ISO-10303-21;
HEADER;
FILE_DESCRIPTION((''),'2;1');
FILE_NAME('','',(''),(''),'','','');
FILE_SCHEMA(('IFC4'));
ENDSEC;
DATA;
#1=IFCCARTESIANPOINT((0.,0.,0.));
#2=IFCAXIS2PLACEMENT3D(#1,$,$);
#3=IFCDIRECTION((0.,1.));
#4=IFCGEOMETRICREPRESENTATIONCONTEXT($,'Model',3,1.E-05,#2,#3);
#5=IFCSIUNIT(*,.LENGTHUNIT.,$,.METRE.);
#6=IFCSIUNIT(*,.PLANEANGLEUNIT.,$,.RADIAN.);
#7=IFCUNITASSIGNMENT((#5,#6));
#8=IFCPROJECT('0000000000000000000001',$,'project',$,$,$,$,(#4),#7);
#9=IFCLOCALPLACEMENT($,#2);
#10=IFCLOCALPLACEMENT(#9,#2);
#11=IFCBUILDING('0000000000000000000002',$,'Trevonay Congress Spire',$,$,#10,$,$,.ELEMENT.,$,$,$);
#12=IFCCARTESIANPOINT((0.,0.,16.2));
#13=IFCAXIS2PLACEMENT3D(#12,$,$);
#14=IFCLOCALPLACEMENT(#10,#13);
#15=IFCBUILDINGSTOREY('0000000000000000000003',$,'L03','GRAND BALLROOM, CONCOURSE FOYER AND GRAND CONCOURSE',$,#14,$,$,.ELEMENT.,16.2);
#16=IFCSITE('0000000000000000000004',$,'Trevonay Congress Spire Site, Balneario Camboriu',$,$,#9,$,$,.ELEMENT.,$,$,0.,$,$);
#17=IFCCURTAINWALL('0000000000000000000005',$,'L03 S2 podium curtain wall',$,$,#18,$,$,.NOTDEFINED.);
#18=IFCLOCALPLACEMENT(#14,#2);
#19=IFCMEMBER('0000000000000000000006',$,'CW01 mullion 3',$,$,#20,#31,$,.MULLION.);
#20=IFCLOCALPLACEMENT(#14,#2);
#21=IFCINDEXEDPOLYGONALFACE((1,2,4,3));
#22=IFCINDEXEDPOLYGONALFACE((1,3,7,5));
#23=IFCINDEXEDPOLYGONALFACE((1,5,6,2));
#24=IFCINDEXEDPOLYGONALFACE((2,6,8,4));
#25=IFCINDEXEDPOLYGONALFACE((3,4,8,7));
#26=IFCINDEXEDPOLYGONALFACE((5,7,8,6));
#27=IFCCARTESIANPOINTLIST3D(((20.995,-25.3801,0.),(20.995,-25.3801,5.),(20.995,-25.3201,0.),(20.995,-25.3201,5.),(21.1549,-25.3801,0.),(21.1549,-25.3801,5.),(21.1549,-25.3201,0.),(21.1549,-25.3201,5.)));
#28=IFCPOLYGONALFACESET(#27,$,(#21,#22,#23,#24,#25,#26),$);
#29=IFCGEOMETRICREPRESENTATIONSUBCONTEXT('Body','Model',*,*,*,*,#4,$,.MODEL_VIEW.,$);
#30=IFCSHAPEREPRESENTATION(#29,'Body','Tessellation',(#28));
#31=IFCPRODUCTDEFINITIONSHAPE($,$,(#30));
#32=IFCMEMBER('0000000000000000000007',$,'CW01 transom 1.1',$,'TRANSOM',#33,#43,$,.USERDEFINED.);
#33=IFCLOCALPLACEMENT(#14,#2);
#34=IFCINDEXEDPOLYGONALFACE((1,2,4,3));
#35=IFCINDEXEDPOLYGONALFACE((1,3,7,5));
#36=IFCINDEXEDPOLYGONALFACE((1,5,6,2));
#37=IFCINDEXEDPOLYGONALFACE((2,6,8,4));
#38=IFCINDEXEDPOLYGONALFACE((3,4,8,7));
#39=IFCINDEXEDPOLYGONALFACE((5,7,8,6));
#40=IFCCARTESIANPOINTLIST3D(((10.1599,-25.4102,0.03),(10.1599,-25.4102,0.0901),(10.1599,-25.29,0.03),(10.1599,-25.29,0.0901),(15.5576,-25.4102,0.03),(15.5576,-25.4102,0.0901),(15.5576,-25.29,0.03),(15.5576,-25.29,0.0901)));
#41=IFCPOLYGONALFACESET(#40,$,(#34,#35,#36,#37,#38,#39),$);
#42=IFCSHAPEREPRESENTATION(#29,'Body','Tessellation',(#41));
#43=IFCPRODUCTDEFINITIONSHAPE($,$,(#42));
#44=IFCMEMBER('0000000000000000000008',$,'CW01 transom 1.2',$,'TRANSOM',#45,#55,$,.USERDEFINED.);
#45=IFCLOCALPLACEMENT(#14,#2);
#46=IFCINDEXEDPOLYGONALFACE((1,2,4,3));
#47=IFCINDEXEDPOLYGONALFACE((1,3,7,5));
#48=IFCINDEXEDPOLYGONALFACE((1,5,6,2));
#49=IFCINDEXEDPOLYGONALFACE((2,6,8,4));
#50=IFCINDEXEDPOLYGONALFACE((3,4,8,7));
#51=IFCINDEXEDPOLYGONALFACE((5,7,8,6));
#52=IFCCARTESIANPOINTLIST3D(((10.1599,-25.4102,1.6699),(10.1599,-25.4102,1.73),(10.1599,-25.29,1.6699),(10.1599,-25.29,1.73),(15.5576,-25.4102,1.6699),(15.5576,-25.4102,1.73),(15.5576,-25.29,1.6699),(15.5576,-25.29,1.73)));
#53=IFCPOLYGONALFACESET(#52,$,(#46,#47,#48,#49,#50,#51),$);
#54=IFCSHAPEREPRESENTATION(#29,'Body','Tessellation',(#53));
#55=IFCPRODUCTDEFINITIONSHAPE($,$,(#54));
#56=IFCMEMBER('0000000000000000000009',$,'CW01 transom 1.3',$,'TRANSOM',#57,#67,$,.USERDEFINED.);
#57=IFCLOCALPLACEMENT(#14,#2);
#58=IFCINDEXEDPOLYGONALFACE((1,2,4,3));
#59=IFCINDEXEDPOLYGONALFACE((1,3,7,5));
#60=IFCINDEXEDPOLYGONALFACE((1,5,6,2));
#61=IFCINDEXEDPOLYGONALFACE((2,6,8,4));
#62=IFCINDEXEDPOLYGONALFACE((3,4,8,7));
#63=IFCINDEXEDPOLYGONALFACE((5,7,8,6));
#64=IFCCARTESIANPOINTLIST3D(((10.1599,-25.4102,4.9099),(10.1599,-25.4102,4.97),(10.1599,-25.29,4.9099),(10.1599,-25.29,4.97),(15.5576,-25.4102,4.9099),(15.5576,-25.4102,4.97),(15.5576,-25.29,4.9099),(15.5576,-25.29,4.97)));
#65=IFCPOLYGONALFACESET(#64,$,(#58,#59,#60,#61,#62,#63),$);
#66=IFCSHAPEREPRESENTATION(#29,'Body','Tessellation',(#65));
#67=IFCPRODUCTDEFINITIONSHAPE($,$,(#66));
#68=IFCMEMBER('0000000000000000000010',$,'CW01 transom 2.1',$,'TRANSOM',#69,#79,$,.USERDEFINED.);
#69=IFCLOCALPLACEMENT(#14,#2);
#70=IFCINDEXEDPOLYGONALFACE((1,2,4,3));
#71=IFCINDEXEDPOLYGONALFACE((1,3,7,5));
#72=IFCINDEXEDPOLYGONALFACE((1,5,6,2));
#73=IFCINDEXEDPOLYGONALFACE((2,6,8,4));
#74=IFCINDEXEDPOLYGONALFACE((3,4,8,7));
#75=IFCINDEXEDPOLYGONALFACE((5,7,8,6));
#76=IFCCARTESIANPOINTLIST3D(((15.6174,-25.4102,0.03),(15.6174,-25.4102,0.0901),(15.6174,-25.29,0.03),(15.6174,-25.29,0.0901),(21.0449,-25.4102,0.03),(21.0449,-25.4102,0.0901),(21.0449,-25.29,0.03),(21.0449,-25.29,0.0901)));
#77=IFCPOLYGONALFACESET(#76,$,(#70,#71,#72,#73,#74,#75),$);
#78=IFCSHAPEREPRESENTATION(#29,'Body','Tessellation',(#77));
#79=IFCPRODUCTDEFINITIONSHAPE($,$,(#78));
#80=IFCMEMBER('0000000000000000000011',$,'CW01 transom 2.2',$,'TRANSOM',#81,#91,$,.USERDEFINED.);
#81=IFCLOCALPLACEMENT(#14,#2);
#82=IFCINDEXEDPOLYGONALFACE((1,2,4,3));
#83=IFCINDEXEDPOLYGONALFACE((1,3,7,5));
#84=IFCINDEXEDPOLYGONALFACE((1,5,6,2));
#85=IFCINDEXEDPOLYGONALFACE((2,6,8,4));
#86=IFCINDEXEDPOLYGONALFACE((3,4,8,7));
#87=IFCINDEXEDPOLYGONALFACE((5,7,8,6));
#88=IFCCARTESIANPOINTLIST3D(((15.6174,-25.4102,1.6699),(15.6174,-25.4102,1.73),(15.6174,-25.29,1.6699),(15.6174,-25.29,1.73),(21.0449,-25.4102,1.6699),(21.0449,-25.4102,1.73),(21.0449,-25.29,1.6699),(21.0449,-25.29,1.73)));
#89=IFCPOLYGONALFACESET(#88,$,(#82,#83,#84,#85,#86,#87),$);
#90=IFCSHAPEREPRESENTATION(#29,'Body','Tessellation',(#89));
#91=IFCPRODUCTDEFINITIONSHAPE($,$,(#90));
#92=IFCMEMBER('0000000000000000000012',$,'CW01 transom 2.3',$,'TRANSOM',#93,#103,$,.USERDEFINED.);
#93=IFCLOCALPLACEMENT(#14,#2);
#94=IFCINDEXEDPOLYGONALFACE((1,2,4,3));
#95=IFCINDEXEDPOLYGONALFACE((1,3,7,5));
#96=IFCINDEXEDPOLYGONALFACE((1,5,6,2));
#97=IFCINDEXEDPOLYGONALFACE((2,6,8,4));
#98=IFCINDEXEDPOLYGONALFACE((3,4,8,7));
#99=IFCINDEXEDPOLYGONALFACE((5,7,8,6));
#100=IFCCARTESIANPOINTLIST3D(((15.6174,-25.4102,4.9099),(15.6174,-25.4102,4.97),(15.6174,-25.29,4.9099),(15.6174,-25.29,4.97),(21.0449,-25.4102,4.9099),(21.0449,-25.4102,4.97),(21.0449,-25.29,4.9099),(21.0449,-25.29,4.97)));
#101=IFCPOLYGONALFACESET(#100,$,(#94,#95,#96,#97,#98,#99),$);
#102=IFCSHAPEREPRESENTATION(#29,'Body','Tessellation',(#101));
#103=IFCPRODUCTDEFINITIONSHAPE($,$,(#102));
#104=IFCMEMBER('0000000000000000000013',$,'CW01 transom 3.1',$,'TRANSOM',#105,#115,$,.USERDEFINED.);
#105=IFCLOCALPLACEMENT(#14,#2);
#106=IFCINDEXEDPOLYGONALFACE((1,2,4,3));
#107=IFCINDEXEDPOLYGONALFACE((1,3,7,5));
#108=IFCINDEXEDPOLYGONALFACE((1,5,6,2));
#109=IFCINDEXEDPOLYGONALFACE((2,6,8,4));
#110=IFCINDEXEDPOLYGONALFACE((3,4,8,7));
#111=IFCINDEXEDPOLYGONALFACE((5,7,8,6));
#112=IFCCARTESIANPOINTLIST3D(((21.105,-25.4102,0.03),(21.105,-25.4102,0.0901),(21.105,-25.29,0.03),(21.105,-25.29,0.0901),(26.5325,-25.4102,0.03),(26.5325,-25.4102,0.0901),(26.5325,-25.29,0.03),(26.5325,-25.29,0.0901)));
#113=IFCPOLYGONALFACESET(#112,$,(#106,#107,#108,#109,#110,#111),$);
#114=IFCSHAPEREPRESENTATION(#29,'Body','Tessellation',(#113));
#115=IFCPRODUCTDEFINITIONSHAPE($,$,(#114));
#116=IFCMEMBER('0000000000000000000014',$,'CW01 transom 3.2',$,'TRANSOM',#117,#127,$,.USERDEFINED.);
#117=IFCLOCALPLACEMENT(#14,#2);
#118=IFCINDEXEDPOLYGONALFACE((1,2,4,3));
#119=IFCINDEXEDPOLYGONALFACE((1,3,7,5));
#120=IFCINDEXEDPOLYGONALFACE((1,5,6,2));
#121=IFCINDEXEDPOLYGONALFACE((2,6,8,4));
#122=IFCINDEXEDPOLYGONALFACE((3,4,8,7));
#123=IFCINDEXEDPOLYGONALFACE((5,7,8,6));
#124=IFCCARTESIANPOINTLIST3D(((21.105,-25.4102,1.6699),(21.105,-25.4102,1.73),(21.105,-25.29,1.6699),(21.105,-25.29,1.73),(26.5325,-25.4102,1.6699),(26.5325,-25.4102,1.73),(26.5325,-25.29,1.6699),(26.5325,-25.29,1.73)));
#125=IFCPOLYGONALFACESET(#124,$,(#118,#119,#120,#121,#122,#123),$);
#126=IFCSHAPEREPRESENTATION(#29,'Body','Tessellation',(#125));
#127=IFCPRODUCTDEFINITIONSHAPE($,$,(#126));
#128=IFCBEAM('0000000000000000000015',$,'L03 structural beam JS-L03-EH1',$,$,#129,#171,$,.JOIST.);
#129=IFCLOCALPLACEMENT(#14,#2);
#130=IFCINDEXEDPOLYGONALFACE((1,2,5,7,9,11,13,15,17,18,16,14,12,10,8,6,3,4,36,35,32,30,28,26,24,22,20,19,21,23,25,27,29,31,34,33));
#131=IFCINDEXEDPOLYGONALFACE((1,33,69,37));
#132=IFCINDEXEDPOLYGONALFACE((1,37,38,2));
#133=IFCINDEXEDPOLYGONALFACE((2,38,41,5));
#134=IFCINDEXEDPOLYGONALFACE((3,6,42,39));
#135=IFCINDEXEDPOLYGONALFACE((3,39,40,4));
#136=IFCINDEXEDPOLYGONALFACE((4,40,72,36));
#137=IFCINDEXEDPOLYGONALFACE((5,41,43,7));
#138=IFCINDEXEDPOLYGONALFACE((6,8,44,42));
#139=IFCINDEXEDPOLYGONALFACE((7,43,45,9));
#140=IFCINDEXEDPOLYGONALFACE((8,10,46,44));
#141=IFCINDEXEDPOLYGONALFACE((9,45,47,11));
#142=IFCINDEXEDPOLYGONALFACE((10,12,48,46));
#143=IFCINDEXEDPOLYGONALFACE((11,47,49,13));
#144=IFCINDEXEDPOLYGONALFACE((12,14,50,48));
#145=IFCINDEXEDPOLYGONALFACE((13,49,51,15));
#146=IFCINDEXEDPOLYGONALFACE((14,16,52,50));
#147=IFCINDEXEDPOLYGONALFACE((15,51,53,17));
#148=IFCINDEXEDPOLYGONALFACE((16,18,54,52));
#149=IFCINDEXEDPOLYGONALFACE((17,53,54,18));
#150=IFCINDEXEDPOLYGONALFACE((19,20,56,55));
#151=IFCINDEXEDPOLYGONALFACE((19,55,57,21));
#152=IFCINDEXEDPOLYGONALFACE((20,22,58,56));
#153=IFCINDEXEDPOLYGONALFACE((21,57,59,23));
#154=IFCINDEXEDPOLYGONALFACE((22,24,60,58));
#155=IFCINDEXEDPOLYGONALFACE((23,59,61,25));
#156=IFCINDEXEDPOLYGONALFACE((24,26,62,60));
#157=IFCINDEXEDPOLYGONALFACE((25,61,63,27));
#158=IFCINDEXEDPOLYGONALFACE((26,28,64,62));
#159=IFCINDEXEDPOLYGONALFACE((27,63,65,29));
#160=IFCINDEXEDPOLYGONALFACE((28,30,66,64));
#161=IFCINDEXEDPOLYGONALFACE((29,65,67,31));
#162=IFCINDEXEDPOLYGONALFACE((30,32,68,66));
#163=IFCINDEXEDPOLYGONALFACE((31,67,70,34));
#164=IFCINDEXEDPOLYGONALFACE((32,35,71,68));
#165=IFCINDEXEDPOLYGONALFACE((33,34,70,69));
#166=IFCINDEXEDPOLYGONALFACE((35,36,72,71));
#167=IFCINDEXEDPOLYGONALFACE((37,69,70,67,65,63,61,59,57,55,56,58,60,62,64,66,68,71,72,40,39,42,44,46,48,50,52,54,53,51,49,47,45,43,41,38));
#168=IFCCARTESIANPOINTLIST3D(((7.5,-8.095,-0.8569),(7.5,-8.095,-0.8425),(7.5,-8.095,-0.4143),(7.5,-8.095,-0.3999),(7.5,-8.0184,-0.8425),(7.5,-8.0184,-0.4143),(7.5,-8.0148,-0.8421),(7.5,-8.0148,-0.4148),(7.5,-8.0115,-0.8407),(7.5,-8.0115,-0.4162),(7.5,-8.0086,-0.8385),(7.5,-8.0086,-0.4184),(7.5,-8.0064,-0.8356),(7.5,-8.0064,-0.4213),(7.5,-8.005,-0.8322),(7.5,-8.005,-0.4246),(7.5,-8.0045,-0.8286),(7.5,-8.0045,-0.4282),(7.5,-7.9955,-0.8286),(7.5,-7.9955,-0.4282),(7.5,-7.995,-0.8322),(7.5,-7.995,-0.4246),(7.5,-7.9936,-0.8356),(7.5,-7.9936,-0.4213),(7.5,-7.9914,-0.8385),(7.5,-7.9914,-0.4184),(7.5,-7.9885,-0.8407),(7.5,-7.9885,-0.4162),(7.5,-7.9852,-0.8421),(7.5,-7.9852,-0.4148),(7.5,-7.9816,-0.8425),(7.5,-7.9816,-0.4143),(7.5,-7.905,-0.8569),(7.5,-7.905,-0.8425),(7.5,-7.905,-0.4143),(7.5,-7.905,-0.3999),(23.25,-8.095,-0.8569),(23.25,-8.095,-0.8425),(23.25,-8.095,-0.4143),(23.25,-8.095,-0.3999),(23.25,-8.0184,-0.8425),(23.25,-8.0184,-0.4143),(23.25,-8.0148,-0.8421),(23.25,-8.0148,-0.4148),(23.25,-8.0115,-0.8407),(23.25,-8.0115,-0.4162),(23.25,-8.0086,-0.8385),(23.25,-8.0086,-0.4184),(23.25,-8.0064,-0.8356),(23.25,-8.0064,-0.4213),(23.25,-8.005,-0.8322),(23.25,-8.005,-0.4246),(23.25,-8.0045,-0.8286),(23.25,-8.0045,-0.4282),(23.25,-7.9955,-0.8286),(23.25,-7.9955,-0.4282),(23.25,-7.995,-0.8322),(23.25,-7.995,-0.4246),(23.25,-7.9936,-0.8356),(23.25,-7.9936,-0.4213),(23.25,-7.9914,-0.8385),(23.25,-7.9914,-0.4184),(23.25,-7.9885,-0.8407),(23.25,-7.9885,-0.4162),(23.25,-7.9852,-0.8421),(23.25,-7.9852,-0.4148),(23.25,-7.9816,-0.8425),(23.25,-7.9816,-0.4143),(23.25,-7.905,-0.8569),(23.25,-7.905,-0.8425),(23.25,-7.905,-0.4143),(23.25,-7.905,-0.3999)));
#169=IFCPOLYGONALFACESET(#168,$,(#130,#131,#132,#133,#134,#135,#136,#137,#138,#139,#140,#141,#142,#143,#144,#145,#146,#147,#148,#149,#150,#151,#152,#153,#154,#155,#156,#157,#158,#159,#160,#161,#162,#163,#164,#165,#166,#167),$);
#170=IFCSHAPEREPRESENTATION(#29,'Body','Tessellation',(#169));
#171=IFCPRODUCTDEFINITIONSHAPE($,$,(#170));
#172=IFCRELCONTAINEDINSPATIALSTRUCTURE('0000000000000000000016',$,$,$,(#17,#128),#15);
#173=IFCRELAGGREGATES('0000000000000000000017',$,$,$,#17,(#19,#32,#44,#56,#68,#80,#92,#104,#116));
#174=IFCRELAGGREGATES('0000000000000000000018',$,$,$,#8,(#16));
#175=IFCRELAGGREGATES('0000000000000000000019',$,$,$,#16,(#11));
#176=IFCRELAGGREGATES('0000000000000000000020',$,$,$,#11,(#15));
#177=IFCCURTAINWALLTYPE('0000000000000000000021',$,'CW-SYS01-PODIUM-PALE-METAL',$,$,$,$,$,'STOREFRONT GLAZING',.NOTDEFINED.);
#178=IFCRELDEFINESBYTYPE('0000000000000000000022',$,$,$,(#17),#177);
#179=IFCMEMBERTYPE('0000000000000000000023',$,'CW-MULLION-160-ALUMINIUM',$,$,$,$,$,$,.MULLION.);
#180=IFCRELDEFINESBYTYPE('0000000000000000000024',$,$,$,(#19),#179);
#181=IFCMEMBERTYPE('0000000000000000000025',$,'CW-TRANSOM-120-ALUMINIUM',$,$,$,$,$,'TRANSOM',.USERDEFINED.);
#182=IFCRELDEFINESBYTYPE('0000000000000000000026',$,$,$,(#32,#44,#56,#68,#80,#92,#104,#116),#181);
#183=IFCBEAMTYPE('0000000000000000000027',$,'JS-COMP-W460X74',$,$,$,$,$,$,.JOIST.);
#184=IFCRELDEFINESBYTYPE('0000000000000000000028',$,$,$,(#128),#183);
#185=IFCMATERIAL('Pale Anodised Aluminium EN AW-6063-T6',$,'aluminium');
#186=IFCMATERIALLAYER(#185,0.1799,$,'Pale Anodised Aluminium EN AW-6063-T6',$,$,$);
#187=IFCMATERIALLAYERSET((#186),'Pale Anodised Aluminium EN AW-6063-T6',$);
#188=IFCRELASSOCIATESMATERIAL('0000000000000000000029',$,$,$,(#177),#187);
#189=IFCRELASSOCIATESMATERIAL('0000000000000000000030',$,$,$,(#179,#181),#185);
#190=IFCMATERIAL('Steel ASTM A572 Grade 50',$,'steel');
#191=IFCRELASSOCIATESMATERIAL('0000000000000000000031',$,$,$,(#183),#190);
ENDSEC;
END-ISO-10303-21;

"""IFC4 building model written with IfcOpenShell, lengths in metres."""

from ifc_helpers import new_model, si_unit, direction, frame, origin, origin_2d, place, context, subcontext, project, spatial, rectangle, i_section, extrude, material, layer, layer_set, material_profile, profile_set, type_object, element, aggregate, save


model = new_model("IFC4")

# Units and contexts
model_context = context("Model", 3, precision=1e-05, world=origin(), true_north=direction((0.0, 1.0)))
body_context = subcontext(model_context, "Body", "Model", "MODEL_VIEW")
ifc_project = project(units=[si_unit("LENGTHUNIT", "METRE"), si_unit("PLANEANGLEUNIT", "RADIAN")], contexts=[model_context])

# Site, building, storey
site_placement = place(None, origin())
site = spatial("IfcSite", under=ifc_project, at=site_placement, Name="Trevonay Congress Spire Site, Balneario Camboriu", CompositionType="ELEMENT", RefElevation=0.0)
building_placement = place(site_placement, origin())
building = spatial("IfcBuilding", under=site, at=building_placement, Name="Trevonay Congress Spire", CompositionType="ELEMENT")
storey_placement = place(building_placement, frame((0.0, 0.0, 16.2)))
storey = spatial("IfcBuildingStorey", under=building, at=storey_placement, Name="L03", Description="GRAND BALLROOM, CONCOURSE FOYER AND GRAND CONCOURSE", CompositionType="ELEMENT", Elevation=16.2)

# Shared definitions
ifc_material_1 = material(Name="Steel ASTM A572 Grade 50", Category="steel")

# Shared definitions
ifc_material_2 = material(Name="Pale Anodised Aluminium EN AW-6063-T6", Category="aluminium")
ifc_layer_1 = layer(ifc_material_2, 0.1799, Name="Pale Anodised Aluminium EN AW-6063-T6")
ifc_layer_set_1 = layer_set([ifc_layer_1], Name="Pale Anodised Aluminium EN AW-6063-T6")
curtain_wall_type = type_object("IfcCurtainWallType", Name="CW-SYS01-PODIUM-PALE-METAL", ElementType="STOREFRONT GLAZING", PredefinedType="NOTDEFINED", material=ifc_layer_set_1)
ifc_material_profile_1 = material_profile(ifc_material_2, rectangle(XDim=0.0601, YDim=0.1599, at=origin_2d()), Name="CW-MULLION-160-ALUMINIUM")
ifc_profile_set_1 = profile_set([ifc_material_profile_1], Name="Pale Anodised Aluminium EN AW-6063-T6")
member_type_1 = type_object("IfcMemberType", Name="CW-MULLION-160-ALUMINIUM", PredefinedType="MULLION", material=ifc_profile_set_1)

# Curtain wall, members
curtain_wall_1_placement = place(storey_placement, origin())
curtain_wall_1 = element("IfcCurtainWall", 1, at=curtain_wall_1_placement, inside=storey, type_object=curtain_wall_type, Name="L03 S2 podium curtain wall", PredefinedType="NOTDEFINED")
member_1_placement = place(storey_placement, frame((21.075, -25.3501, 0.0), z_axis=(0.0, 0.0, 1.0), x_axis=(0.0, 1.0, 0.0)))
member_1 = element("IfcMember", 2, at=member_1_placement, type_object=member_type_1, Name="CW01 mullion 3", PredefinedType="MULLION", context=body_context, shape_type="SweptSolid", body=[
    extrude(rectangle(XDim=0.0601, YDim=0.1599, at=origin_2d()), origin(), (0.0, 0.0, 1.0), 5.0),
])
ifc_material_profile_2 = material_profile(ifc_material_2, rectangle(XDim=0.1201, YDim=0.0601, at=origin_2d()), Name="CW-TRANSOM-120-ALUMINIUM")
ifc_profile_set_2 = profile_set([ifc_material_profile_2], Name="Pale Anodised Aluminium EN AW-6063-T6")
member_type_2 = type_object("IfcMemberType", Name="CW-TRANSOM-120-ALUMINIUM", ElementType="TRANSOM", PredefinedType="USERDEFINED", material=ifc_profile_set_2)
member_2_placement = place(storey_placement, frame((10.1599, -25.3501, 0.0601), z_axis=(1.0, 0.0, 0.0), x_axis=(0.0, 1.0, 0.0)))
member_2 = element("IfcMember", 3, at=member_2_placement, type_object=member_type_2, Name="CW01 transom 1.1", ObjectType="TRANSOM", PredefinedType="USERDEFINED", context=body_context, shape_type="SweptSolid", body=[
    extrude(rectangle(XDim=0.1201, YDim=0.0601, at=origin_2d()), origin(), (0.0, 0.0, 1.0), 5.3977),
])
member_3_placement = place(storey_placement, frame((10.1599, -25.3501, 1.7), z_axis=(1.0, 0.0, 0.0), x_axis=(0.0, 1.0, 0.0)))
member_3 = element("IfcMember", 4, at=member_3_placement, type_object=member_type_2, Name="CW01 transom 1.2", ObjectType="TRANSOM", PredefinedType="USERDEFINED", context=body_context, shape_type="SweptSolid", body=[
    extrude(rectangle(XDim=0.1201, YDim=0.0601, at=origin_2d()), origin(), (0.0, 0.0, 1.0), 5.3977),
])
member_4_placement = place(storey_placement, frame((10.1599, -25.3501, 4.9399), z_axis=(1.0, 0.0, 0.0), x_axis=(0.0, 1.0, 0.0)))
member_4 = element("IfcMember", 5, at=member_4_placement, type_object=member_type_2, Name="CW01 transom 1.3", ObjectType="TRANSOM", PredefinedType="USERDEFINED", context=body_context, shape_type="SweptSolid", body=[
    extrude(rectangle(XDim=0.1201, YDim=0.0601, at=origin_2d()), origin(), (0.0, 0.0, 1.0), 5.3977),
])
member_5_placement = place(storey_placement, frame((15.6174, -25.3501, 0.0601), z_axis=(1.0, 0.0, 0.0), x_axis=(0.0, 1.0, 0.0)))
member_5 = element("IfcMember", 6, at=member_5_placement, type_object=member_type_2, Name="CW01 transom 2.1", ObjectType="TRANSOM", PredefinedType="USERDEFINED", context=body_context, shape_type="SweptSolid", body=[
    extrude(rectangle(XDim=0.1201, YDim=0.0601, at=origin_2d()), origin(), (0.0, 0.0, 1.0), 5.4275),
])
member_6_placement = place(storey_placement, frame((15.6174, -25.3501, 1.7), z_axis=(1.0, 0.0, 0.0), x_axis=(0.0, 1.0, 0.0)))
member_6 = element("IfcMember", 7, at=member_6_placement, type_object=member_type_2, Name="CW01 transom 2.2", ObjectType="TRANSOM", PredefinedType="USERDEFINED", context=body_context, shape_type="SweptSolid", body=[
    extrude(rectangle(XDim=0.1201, YDim=0.0601, at=origin_2d()), origin(), (0.0, 0.0, 1.0), 5.4275),
])
member_7_placement = place(storey_placement, frame((15.6174, -25.3501, 4.9399), z_axis=(1.0, 0.0, 0.0), x_axis=(0.0, 1.0, 0.0)))
member_7 = element("IfcMember", 8, at=member_7_placement, type_object=member_type_2, Name="CW01 transom 2.3", ObjectType="TRANSOM", PredefinedType="USERDEFINED", context=body_context, shape_type="SweptSolid", body=[
    extrude(rectangle(XDim=0.1201, YDim=0.0601, at=origin_2d()), origin(), (0.0, 0.0, 1.0), 5.4275),
])
member_8_placement = place(storey_placement, frame((21.105, -25.3501, 0.0601), z_axis=(1.0, 0.0, 0.0), x_axis=(0.0, 1.0, 0.0)))
member_8 = element("IfcMember", 9, at=member_8_placement, type_object=member_type_2, Name="CW01 transom 3.1", ObjectType="TRANSOM", PredefinedType="USERDEFINED", context=body_context, shape_type="SweptSolid", body=[
    extrude(rectangle(XDim=0.1201, YDim=0.0601, at=origin_2d()), origin(), (0.0, 0.0, 1.0), 5.4275),
])
member_9_placement = place(storey_placement, frame((21.105, -25.3501, 1.7), z_axis=(1.0, 0.0, 0.0), x_axis=(0.0, 1.0, 0.0)))
member_9 = element("IfcMember", 10, at=member_9_placement, type_object=member_type_2, Name="CW01 transom 3.2", ObjectType="TRANSOM", PredefinedType="USERDEFINED", context=body_context, shape_type="SweptSolid", body=[
    extrude(rectangle(XDim=0.1201, YDim=0.0601, at=origin_2d()), origin(), (0.0, 0.0, 1.0), 5.4275),
])

# Beam
ifc_material_profile_3 = material_profile(ifc_material_1, i_section(OverallWidth=0.1899, OverallDepth=0.457, WebThickness=0.009, FlangeThickness=0.0144, FilletRadius=0.0139, at=origin_2d()), Name="W460x74")
ifc_profile_set_3 = profile_set([ifc_material_profile_3], Name="Steel ASTM A572 Grade 50")
beam_type_1 = type_object("IfcBeamType", Name="JS-COMP-W460X74", PredefinedType="JOIST", material=ifc_profile_set_3)
for number, where, z_axis, x_axis, name in (
    (11, (7.5, -8.0, -0.6284), (1.0, 0.0, 0.0), (0.0, 1.0, 0.0), "L03 structural beam JS-L03-EH1"),
):
    element("IfcBeam", number, at=place(storey_placement, frame(where, z_axis=z_axis, x_axis=x_axis)), inside=storey, type_object=beam_type_1, Name=name, PredefinedType="JOIST", context=body_context, shape_type="SweptSolid", body=[
        extrude(i_section(OverallWidth=0.1899, OverallDepth=0.457, WebThickness=0.009, FlangeThickness=0.0144, FilletRadius=0.0139, at=origin_2d()), origin(), (0.0, 0.0, 1.0), 15.75),
    ])

aggregate(curtain_wall_1, [member_1, member_2, member_3, member_4, member_5, member_6, member_7, member_8, member_9])

save(model, "model.ifc")
